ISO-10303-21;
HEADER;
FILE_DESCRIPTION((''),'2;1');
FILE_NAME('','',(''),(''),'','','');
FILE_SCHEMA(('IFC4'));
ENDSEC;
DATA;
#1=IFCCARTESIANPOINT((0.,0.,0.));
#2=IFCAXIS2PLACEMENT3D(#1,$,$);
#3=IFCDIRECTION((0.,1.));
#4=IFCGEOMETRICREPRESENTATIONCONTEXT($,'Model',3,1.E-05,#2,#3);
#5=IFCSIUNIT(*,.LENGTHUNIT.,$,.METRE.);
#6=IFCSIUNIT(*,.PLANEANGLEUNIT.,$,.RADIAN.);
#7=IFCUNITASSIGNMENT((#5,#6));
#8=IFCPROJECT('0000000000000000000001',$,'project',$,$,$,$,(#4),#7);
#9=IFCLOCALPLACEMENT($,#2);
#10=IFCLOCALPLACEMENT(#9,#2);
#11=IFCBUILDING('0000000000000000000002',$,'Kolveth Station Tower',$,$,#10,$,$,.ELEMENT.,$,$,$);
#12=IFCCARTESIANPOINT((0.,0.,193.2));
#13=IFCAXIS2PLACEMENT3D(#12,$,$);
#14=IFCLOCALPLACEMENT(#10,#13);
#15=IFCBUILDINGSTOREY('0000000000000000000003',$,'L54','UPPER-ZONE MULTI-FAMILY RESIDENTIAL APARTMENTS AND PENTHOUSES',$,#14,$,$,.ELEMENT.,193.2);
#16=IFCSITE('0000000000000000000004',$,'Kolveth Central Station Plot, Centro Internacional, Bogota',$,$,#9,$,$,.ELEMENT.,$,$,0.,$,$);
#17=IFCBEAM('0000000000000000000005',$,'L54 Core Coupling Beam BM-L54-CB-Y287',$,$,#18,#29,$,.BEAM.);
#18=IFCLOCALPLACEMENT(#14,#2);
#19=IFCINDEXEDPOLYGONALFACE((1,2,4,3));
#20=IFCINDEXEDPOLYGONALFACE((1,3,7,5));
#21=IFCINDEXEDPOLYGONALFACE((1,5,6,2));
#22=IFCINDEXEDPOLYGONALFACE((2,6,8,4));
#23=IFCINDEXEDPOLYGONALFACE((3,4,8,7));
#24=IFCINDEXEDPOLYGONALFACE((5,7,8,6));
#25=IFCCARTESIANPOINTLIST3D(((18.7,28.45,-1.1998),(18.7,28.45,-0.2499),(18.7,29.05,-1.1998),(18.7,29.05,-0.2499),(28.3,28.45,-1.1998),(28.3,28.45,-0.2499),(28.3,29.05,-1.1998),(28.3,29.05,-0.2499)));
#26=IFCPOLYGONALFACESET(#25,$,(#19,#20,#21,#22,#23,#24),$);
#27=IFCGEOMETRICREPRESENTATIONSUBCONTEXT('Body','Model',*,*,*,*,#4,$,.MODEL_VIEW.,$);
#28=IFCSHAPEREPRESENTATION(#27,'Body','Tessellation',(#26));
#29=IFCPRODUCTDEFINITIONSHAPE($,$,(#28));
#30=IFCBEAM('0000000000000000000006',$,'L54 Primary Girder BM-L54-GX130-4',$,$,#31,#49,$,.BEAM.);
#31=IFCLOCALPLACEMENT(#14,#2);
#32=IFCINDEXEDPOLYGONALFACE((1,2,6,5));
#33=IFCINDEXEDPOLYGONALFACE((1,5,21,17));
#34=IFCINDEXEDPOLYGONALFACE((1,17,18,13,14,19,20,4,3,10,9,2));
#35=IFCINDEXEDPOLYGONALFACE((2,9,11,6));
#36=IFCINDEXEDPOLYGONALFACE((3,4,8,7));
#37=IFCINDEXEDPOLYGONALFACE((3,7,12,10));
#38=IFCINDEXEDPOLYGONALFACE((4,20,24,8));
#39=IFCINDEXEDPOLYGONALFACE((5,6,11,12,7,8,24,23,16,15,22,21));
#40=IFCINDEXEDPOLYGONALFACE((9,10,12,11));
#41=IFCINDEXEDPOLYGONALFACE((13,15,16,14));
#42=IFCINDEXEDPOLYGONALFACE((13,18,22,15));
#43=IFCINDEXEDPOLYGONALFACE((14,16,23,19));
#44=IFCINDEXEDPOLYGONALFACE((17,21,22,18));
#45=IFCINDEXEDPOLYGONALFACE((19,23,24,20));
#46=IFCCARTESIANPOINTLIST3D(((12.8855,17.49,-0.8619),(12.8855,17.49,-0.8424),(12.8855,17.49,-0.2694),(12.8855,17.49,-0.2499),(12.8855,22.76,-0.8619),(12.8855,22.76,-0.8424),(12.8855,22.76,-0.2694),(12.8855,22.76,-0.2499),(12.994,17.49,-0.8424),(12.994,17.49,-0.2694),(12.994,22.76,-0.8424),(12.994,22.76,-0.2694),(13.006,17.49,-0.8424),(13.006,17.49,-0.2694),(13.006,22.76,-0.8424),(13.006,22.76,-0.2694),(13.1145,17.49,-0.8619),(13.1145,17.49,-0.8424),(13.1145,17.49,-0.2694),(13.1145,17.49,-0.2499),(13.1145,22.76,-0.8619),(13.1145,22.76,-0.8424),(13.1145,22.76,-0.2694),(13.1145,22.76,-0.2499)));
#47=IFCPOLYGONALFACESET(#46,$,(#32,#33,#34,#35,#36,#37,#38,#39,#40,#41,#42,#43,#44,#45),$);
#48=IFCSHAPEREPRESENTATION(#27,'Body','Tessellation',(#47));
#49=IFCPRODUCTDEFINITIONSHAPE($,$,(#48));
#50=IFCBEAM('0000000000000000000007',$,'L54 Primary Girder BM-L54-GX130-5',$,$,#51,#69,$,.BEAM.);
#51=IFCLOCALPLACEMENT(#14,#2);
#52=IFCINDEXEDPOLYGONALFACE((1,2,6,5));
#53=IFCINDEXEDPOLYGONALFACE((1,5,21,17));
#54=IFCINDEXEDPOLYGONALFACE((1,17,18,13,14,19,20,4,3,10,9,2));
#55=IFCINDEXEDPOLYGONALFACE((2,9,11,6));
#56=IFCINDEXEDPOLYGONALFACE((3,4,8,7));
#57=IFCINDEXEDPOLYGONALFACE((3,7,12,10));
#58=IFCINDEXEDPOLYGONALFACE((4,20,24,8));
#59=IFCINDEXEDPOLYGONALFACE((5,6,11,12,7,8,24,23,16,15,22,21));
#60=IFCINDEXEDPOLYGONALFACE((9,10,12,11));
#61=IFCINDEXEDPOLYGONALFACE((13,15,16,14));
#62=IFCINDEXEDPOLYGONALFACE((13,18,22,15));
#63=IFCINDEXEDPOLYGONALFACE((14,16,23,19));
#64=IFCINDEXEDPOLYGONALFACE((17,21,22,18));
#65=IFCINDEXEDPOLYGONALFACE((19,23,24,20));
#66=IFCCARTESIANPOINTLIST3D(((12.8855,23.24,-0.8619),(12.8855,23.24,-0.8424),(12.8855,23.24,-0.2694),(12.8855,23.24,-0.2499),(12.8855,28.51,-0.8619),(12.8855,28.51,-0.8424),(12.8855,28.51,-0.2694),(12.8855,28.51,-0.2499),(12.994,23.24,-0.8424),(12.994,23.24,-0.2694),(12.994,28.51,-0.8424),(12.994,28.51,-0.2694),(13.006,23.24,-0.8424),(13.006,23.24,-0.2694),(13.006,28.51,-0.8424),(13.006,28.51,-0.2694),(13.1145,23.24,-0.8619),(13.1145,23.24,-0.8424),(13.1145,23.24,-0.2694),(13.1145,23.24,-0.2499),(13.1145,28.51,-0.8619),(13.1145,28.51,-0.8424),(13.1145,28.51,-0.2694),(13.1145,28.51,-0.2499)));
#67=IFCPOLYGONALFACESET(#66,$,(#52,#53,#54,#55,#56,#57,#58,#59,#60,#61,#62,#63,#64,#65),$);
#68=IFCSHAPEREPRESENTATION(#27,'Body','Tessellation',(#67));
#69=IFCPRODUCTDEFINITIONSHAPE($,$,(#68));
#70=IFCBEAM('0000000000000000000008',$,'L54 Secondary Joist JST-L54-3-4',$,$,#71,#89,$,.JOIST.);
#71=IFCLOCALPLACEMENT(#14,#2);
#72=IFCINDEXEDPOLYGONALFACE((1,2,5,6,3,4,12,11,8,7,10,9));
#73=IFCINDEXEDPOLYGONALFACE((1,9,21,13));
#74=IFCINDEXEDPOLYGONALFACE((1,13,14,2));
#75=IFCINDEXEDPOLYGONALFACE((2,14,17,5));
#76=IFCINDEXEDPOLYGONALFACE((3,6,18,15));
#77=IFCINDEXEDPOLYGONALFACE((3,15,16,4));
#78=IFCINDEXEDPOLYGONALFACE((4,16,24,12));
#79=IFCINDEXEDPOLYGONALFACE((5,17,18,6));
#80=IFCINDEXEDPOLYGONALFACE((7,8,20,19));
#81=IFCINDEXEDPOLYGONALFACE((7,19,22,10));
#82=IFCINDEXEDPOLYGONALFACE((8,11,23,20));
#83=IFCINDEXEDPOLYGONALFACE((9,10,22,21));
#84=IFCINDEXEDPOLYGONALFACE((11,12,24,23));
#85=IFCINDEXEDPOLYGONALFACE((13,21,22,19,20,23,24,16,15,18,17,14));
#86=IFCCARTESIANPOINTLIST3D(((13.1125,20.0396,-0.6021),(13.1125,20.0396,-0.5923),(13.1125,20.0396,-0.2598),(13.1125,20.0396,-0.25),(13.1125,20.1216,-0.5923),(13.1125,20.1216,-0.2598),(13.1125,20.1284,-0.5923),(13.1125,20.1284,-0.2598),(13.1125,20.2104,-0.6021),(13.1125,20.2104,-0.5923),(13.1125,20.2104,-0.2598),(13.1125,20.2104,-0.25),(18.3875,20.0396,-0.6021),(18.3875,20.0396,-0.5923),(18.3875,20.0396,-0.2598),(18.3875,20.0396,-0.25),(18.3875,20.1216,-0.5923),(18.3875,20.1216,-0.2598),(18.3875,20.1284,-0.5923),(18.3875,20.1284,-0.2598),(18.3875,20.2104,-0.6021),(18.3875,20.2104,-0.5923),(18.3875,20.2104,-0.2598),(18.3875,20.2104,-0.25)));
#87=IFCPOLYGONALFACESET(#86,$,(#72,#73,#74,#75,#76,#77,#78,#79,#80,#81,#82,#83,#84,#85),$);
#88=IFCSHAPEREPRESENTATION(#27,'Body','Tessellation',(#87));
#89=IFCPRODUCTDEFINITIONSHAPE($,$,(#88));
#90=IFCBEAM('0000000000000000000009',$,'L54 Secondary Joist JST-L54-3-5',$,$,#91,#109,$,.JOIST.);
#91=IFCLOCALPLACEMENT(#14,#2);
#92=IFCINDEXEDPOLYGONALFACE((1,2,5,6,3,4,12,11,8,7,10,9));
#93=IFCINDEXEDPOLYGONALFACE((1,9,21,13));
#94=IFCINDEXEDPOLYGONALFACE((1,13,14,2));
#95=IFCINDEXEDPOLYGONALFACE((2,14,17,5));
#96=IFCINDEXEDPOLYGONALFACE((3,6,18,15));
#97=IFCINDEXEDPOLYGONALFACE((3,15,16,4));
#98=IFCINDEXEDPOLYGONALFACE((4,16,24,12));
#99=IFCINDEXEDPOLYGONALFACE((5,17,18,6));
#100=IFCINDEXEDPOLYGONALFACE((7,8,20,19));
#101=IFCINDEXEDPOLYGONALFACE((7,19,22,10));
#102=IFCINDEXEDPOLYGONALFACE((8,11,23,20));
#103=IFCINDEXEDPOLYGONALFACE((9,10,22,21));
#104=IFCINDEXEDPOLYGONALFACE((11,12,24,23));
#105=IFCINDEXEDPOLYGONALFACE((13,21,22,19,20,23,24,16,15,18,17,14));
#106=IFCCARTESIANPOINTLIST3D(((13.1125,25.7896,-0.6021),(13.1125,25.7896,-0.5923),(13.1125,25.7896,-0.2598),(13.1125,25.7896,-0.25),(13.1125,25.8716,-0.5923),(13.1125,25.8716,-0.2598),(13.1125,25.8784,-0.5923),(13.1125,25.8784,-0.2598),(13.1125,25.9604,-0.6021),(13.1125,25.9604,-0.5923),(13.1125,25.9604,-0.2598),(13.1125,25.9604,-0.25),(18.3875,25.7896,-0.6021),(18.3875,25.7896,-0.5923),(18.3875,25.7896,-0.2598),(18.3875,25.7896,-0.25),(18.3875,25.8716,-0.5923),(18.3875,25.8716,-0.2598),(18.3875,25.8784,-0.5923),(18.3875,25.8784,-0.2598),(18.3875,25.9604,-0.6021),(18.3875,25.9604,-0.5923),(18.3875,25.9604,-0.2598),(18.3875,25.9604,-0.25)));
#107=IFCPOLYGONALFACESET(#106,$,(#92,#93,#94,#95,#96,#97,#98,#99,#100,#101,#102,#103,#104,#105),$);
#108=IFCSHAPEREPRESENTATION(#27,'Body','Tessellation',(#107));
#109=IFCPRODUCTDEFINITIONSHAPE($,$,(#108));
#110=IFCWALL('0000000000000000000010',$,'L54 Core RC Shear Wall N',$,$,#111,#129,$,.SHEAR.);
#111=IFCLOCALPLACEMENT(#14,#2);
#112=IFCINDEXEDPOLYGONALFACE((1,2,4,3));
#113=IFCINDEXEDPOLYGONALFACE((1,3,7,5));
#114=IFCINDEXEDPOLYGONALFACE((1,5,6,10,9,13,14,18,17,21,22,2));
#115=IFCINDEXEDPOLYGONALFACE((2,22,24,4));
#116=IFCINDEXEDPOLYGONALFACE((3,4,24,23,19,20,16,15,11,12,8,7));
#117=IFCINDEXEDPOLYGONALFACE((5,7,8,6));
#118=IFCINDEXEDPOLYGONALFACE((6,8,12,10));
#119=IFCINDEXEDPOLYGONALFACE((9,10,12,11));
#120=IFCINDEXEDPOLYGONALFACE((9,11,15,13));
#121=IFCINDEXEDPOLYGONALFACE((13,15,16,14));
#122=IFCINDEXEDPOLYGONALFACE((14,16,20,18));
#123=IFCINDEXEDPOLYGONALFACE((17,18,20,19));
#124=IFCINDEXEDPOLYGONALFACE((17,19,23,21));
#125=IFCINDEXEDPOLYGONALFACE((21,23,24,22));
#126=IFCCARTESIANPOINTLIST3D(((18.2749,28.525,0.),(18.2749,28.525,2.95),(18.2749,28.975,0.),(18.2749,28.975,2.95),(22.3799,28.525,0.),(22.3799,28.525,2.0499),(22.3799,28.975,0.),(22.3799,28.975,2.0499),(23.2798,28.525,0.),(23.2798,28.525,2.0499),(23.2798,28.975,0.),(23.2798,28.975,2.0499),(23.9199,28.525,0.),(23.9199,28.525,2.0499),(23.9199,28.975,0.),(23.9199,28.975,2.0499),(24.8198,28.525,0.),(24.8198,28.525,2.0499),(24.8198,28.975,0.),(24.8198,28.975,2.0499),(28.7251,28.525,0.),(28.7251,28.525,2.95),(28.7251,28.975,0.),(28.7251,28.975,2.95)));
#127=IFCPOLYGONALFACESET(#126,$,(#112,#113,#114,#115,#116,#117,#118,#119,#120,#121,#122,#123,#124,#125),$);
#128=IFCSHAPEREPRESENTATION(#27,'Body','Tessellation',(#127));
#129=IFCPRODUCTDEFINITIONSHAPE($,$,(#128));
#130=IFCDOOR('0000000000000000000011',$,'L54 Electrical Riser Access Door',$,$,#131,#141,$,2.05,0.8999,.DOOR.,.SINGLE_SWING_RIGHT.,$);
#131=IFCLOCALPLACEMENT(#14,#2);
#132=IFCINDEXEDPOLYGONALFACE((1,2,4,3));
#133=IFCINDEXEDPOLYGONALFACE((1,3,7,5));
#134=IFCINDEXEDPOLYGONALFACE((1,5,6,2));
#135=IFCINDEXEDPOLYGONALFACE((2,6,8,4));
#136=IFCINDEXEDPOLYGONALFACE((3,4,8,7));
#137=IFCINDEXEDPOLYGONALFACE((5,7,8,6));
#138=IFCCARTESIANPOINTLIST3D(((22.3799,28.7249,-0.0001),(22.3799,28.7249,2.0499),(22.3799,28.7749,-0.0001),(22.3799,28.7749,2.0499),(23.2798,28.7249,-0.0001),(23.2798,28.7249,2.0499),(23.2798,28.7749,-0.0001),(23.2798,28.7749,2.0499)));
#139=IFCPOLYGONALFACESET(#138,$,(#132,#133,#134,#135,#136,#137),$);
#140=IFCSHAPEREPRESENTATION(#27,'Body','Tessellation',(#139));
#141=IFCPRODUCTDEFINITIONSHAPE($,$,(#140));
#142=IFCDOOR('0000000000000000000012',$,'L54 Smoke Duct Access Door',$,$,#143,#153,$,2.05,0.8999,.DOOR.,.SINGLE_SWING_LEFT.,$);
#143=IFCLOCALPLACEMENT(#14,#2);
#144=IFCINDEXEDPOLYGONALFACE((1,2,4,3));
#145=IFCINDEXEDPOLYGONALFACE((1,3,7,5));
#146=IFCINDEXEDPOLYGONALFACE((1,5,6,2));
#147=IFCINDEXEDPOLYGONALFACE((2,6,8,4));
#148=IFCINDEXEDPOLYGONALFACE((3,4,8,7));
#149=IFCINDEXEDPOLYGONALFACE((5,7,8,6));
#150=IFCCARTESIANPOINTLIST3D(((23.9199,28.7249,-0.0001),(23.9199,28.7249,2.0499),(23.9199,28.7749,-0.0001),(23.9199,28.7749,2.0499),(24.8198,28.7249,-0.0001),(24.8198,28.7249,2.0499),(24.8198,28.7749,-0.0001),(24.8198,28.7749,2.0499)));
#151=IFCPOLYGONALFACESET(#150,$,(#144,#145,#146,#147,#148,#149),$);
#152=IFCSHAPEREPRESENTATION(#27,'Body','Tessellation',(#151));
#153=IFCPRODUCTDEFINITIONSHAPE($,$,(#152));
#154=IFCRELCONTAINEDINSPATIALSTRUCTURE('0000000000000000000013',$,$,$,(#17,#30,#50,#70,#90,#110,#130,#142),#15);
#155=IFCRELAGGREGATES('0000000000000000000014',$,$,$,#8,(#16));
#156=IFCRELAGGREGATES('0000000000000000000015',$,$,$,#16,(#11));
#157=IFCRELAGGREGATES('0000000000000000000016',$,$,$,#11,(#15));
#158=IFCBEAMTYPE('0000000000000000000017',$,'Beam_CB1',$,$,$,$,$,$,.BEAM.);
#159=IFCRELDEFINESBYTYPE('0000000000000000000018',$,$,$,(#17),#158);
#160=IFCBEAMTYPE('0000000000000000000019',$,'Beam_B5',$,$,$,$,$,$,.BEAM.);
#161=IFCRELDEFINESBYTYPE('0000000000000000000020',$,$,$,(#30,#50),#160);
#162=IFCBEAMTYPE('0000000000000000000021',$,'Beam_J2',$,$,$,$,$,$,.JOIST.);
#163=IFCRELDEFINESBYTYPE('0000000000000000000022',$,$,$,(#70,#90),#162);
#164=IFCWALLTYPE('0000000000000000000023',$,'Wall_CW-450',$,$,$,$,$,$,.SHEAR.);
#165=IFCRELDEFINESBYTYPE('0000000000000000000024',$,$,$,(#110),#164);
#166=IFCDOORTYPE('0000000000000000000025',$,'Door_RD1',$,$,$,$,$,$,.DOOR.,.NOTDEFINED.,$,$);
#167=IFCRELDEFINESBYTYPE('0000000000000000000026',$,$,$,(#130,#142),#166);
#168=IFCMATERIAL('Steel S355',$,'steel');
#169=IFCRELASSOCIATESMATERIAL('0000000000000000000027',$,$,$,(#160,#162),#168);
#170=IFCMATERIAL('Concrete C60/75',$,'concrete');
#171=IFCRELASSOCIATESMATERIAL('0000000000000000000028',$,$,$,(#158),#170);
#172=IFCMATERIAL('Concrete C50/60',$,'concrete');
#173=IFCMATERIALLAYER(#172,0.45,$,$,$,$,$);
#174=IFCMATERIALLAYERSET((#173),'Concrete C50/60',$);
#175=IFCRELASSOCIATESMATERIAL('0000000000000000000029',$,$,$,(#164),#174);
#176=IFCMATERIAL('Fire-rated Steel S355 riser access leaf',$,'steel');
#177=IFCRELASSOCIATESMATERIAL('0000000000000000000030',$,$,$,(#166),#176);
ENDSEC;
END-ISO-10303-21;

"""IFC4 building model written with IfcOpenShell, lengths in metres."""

from ifc_helpers import new_model, si_unit, direction, frame, frame_2d, origin, origin_2d, place, context, subcontext, project, spatial, rectangle, i_section, extrude, source, transform, mapped, material, layer, layer_set, material_profile, profile_set, type_object, element, fill, save


model = new_model("IFC4")

# Units and contexts
model_context = context("Model", 3, precision=1e-05, world=origin(), true_north=direction((0.0, 1.0)))
body_context = subcontext(model_context, "Body", "Model", "MODEL_VIEW")
ifc_project = project(units=[si_unit("LENGTHUNIT", "METRE"), si_unit("PLANEANGLEUNIT", "RADIAN")], contexts=[model_context])

# Site, building, storey
site_placement = place(None, origin())
site = spatial("IfcSite", under=ifc_project, at=site_placement, Name="Kolveth Central Station Plot, Centro Internacional, Bogota", CompositionType="ELEMENT", RefElevation=0.0)
building_placement = place(site_placement, origin())
building = spatial("IfcBuilding", under=site, at=building_placement, Name="Kolveth Station Tower", CompositionType="ELEMENT")
storey_placement = place(building_placement, frame((0.0, 0.0, 193.2)))
storey = spatial("IfcBuildingStorey", under=building, at=storey_placement, Name="L54", Description="UPPER-ZONE MULTI-FAMILY RESIDENTIAL APARTMENTS AND PENTHOUSES", CompositionType="ELEMENT", Elevation=193.2)

# Shared definitions
ifc_material_1 = material(Name="Steel S355", Category="steel")

# Beams
ifc_material_profile_1 = material_profile(ifc_material_1, i_section(OverallWidth=0.229, OverallDepth=0.6121, WebThickness=0.012, FlangeThickness=0.0195, at=origin_2d()), Name="W610x125")
ifc_profile_set_1 = profile_set([ifc_material_profile_1], Name="Steel S355")
beam_type_1 = type_object("IfcBeamType", Name="Beam_B5", PredefinedType="BEAM", material=ifc_profile_set_1)
ifc_material_2 = material(Name="Concrete C60/75", Category="concrete")
ifc_material_profile_2 = material_profile(ifc_material_2, rectangle(XDim=0.6001, YDim=0.95, at=origin_2d()), Name="RC-600x950")
ifc_profile_set_2 = profile_set([ifc_material_profile_2], Name="Concrete C60/75")
beam_type_2 = type_object("IfcBeamType", Name="Beam_CB1", PredefinedType="BEAM", material=ifc_profile_set_2)
shared_shape_1 = source(origin(), body_context, "Body", "SweptSolid", [
    extrude(rectangle(XDim=0.6001, YDim=0.95, at=origin_2d()), origin(), (0.0, 0.0, 1.0), 9.6001),
])
beam_1_placement = place(storey_placement, frame((18.7, 28.75, -0.7249), z_axis=(1.0, 0.0, 0.0), x_axis=(0.0, 1.0, 0.0)))
element("IfcBeam", 1, at=beam_1_placement, inside=storey, type_object=beam_type_2, Name="L54 Core Coupling Beam BM-L54-CB-Y287", PredefinedType="BEAM", context=body_context, shape_type="MappedRepresentation", body=[
    mapped(shared_shape_1, transform((0.0, 0.0, 0.0), x_axis=(1.0, 0.0, 0.0), y_axis=(0.0, 1.0, 0.0), z_axis=(0.0, 0.0, 1.0), scale=1.0)),
])
shared_shape_2 = source(origin(), body_context, "Body", "SweptSolid", [
    extrude(i_section(OverallWidth=0.229, OverallDepth=0.6121, WebThickness=0.012, FlangeThickness=0.0195, at=origin_2d()), origin(), (0.0, 0.0, 1.0), 5.27),
])
for number, where, z_axis, x_axis, name in (
    (2, (13.0, 17.49, -0.5559), (0.0, 1.0, 0.0), (-1.0, 0.0, 0.0), "L54 Primary Girder BM-L54-GX130-4"),
    (3, (13.0, 23.24, -0.5559), (0.0, 1.0, 0.0), (-1.0, 0.0, 0.0), "L54 Primary Girder BM-L54-GX130-5"),
):
    element("IfcBeam", number, at=place(storey_placement, frame(where, z_axis=z_axis, x_axis=x_axis)), inside=storey, type_object=beam_type_1, Name=name, PredefinedType="BEAM", context=body_context, shape_type="MappedRepresentation", body=[
        mapped(shared_shape_2, transform((0.0, 0.0, 0.0), x_axis=(1.0, 0.0, 0.0), y_axis=(0.0, 1.0, 0.0), z_axis=(0.0, 0.0, 1.0), scale=1.0)),
    ])
ifc_material_profile_3 = material_profile(ifc_material_1, i_section(OverallWidth=0.1709, OverallDepth=0.3521, WebThickness=0.0068, FlangeThickness=0.0098, at=origin_2d()), Name="W360x44")
ifc_profile_set_3 = profile_set([ifc_material_profile_3], Name="Steel S355")
beam_type_3 = type_object("IfcBeamType", Name="Beam_J2", PredefinedType="JOIST", material=ifc_profile_set_3)
shared_shape_3 = source(origin(), body_context, "Body", "SweptSolid", [
    extrude(i_section(OverallWidth=0.1709, OverallDepth=0.3521, WebThickness=0.0068, FlangeThickness=0.0098, at=origin_2d()), origin(), (0.0, 0.0, 1.0), 5.2749),
])
for number, where, z_axis, x_axis, name in (
    (4, (13.1125, 20.125, -0.426), (1.0, 0.0, 0.0), (0.0, 1.0, 0.0), "L54 Secondary Joist JST-L54-3-4"),
    (5, (13.1125, 25.875, -0.426), (1.0, 0.0, 0.0), (0.0, 1.0, 0.0), "L54 Secondary Joist JST-L54-3-5"),
):
    element("IfcBeam", number, at=place(storey_placement, frame(where, z_axis=z_axis, x_axis=x_axis)), inside=storey, type_object=beam_type_3, Name=name, PredefinedType="JOIST", context=body_context, shape_type="MappedRepresentation", body=[
        mapped(shared_shape_3, transform((0.0, 0.0, 0.0), x_axis=(1.0, 0.0, 0.0), y_axis=(0.0, 1.0, 0.0), z_axis=(0.0, 0.0, 1.0), scale=1.0)),
    ])

# Wall, openings, doors
ifc_material_3 = material(Name="Concrete C50/60", Category="concrete")
ifc_layer_1 = layer(ifc_material_3, 0.45)
ifc_layer_set_1 = layer_set([ifc_layer_1], Name="Concrete C50/60")
wall_type_1 = type_object("IfcWallType", Name="Wall_CW-450", PredefinedType="SHEAR", material=ifc_layer_set_1)
wall_1_placement = place(storey_placement, frame((18.2749, 28.75, 0.0), z_axis=(0.0, 0.0, 1.0), x_axis=(1.0, 0.0, 0.0)))
wall_1 = element("IfcWall", 6, at=wall_1_placement, inside=storey, type_object=wall_type_1, Name="L54 Core RC Shear Wall N", PredefinedType="SHEAR", context=body_context, shape_type="SweptSolid", body=[
    extrude(rectangle(XDim=10.4502, YDim=0.45, at=frame_2d((5.2251, 0.0))), origin(), (0.0, 0.0, 1.0), 2.95),
])
opening_1_placement = place(wall_1_placement, frame((4.105, 0.0, 0.0)))
opening_1 = element("IfcOpeningElement", 7, at=opening_1_placement, cuts=wall_1, PredefinedType="OPENING", context=body_context, shape_type="SweptSolid", body=[
    extrude(rectangle(XDim=0.8999, YDim=2.05, at=frame_2d((0.45, 1.0249))), frame((0.0, 0.2349, 0.0), z_axis=(0.0, -1.0, 0.0), x_axis=(1.0, 0.0, 0.0)), (0.0, 0.0, 1.0), 0.47),
])
opening_2_placement = place(wall_1_placement, frame((5.645, 0.0, 0.0)))
opening_2 = element("IfcOpeningElement", 8, at=opening_2_placement, cuts=wall_1, PredefinedType="OPENING", context=body_context, shape_type="SweptSolid", body=[
    extrude(rectangle(XDim=0.8999, YDim=2.05, at=frame_2d((0.45, 1.0249))), frame((0.0, 0.2349, 0.0), z_axis=(0.0, -1.0, 0.0), x_axis=(1.0, 0.0, 0.0)), (0.0, 0.0, 1.0), 0.47),
])
ifc_material_4 = material(Name="Fire-rated Steel S355 riser access leaf", Category="steel")
door_type_1 = type_object("IfcDoorType", Name="Door_RD1", OperationType="NOTDEFINED", PredefinedType="DOOR", material=ifc_material_4)
door_1_placement = place(opening_1_placement, origin())
door_1 = element("IfcDoor", 9, at=door_1_placement, inside=storey, type_object=door_type_1, Name="L54 Electrical Riser Access Door", OperationType="SINGLE_SWING_RIGHT", OverallHeight=2.05, OverallWidth=0.8999, PredefinedType="DOOR", context=body_context, shape_type="SweptSolid", body=[
    extrude(rectangle(XDim=0.8999, YDim=2.05, at=frame_2d((0.45, 1.0249))), frame((0.0, 0.0249, 0.0), z_axis=(0.0, -1.0, 0.0), x_axis=(1.0, 0.0, 0.0)), (0.0, 0.0, 1.0), 0.05),
])
fill(opening_1, door_1)
door_2_placement = place(opening_2_placement, origin())
door_2 = element("IfcDoor", 10, at=door_2_placement, inside=storey, type_object=door_type_1, Name="L54 Smoke Duct Access Door", OperationType="SINGLE_SWING_LEFT", OverallHeight=2.05, OverallWidth=0.8999, PredefinedType="DOOR", context=body_context, shape_type="SweptSolid", body=[
    extrude(rectangle(XDim=0.8999, YDim=2.05, at=frame_2d((0.45, 1.0249))), frame((0.0, 0.0249, 0.0), z_axis=(0.0, -1.0, 0.0), x_axis=(1.0, 0.0, 0.0)), (0.0, 0.0, 1.0), 0.05),
])
fill(opening_2, door_2)

save(model, "model.ifc")
